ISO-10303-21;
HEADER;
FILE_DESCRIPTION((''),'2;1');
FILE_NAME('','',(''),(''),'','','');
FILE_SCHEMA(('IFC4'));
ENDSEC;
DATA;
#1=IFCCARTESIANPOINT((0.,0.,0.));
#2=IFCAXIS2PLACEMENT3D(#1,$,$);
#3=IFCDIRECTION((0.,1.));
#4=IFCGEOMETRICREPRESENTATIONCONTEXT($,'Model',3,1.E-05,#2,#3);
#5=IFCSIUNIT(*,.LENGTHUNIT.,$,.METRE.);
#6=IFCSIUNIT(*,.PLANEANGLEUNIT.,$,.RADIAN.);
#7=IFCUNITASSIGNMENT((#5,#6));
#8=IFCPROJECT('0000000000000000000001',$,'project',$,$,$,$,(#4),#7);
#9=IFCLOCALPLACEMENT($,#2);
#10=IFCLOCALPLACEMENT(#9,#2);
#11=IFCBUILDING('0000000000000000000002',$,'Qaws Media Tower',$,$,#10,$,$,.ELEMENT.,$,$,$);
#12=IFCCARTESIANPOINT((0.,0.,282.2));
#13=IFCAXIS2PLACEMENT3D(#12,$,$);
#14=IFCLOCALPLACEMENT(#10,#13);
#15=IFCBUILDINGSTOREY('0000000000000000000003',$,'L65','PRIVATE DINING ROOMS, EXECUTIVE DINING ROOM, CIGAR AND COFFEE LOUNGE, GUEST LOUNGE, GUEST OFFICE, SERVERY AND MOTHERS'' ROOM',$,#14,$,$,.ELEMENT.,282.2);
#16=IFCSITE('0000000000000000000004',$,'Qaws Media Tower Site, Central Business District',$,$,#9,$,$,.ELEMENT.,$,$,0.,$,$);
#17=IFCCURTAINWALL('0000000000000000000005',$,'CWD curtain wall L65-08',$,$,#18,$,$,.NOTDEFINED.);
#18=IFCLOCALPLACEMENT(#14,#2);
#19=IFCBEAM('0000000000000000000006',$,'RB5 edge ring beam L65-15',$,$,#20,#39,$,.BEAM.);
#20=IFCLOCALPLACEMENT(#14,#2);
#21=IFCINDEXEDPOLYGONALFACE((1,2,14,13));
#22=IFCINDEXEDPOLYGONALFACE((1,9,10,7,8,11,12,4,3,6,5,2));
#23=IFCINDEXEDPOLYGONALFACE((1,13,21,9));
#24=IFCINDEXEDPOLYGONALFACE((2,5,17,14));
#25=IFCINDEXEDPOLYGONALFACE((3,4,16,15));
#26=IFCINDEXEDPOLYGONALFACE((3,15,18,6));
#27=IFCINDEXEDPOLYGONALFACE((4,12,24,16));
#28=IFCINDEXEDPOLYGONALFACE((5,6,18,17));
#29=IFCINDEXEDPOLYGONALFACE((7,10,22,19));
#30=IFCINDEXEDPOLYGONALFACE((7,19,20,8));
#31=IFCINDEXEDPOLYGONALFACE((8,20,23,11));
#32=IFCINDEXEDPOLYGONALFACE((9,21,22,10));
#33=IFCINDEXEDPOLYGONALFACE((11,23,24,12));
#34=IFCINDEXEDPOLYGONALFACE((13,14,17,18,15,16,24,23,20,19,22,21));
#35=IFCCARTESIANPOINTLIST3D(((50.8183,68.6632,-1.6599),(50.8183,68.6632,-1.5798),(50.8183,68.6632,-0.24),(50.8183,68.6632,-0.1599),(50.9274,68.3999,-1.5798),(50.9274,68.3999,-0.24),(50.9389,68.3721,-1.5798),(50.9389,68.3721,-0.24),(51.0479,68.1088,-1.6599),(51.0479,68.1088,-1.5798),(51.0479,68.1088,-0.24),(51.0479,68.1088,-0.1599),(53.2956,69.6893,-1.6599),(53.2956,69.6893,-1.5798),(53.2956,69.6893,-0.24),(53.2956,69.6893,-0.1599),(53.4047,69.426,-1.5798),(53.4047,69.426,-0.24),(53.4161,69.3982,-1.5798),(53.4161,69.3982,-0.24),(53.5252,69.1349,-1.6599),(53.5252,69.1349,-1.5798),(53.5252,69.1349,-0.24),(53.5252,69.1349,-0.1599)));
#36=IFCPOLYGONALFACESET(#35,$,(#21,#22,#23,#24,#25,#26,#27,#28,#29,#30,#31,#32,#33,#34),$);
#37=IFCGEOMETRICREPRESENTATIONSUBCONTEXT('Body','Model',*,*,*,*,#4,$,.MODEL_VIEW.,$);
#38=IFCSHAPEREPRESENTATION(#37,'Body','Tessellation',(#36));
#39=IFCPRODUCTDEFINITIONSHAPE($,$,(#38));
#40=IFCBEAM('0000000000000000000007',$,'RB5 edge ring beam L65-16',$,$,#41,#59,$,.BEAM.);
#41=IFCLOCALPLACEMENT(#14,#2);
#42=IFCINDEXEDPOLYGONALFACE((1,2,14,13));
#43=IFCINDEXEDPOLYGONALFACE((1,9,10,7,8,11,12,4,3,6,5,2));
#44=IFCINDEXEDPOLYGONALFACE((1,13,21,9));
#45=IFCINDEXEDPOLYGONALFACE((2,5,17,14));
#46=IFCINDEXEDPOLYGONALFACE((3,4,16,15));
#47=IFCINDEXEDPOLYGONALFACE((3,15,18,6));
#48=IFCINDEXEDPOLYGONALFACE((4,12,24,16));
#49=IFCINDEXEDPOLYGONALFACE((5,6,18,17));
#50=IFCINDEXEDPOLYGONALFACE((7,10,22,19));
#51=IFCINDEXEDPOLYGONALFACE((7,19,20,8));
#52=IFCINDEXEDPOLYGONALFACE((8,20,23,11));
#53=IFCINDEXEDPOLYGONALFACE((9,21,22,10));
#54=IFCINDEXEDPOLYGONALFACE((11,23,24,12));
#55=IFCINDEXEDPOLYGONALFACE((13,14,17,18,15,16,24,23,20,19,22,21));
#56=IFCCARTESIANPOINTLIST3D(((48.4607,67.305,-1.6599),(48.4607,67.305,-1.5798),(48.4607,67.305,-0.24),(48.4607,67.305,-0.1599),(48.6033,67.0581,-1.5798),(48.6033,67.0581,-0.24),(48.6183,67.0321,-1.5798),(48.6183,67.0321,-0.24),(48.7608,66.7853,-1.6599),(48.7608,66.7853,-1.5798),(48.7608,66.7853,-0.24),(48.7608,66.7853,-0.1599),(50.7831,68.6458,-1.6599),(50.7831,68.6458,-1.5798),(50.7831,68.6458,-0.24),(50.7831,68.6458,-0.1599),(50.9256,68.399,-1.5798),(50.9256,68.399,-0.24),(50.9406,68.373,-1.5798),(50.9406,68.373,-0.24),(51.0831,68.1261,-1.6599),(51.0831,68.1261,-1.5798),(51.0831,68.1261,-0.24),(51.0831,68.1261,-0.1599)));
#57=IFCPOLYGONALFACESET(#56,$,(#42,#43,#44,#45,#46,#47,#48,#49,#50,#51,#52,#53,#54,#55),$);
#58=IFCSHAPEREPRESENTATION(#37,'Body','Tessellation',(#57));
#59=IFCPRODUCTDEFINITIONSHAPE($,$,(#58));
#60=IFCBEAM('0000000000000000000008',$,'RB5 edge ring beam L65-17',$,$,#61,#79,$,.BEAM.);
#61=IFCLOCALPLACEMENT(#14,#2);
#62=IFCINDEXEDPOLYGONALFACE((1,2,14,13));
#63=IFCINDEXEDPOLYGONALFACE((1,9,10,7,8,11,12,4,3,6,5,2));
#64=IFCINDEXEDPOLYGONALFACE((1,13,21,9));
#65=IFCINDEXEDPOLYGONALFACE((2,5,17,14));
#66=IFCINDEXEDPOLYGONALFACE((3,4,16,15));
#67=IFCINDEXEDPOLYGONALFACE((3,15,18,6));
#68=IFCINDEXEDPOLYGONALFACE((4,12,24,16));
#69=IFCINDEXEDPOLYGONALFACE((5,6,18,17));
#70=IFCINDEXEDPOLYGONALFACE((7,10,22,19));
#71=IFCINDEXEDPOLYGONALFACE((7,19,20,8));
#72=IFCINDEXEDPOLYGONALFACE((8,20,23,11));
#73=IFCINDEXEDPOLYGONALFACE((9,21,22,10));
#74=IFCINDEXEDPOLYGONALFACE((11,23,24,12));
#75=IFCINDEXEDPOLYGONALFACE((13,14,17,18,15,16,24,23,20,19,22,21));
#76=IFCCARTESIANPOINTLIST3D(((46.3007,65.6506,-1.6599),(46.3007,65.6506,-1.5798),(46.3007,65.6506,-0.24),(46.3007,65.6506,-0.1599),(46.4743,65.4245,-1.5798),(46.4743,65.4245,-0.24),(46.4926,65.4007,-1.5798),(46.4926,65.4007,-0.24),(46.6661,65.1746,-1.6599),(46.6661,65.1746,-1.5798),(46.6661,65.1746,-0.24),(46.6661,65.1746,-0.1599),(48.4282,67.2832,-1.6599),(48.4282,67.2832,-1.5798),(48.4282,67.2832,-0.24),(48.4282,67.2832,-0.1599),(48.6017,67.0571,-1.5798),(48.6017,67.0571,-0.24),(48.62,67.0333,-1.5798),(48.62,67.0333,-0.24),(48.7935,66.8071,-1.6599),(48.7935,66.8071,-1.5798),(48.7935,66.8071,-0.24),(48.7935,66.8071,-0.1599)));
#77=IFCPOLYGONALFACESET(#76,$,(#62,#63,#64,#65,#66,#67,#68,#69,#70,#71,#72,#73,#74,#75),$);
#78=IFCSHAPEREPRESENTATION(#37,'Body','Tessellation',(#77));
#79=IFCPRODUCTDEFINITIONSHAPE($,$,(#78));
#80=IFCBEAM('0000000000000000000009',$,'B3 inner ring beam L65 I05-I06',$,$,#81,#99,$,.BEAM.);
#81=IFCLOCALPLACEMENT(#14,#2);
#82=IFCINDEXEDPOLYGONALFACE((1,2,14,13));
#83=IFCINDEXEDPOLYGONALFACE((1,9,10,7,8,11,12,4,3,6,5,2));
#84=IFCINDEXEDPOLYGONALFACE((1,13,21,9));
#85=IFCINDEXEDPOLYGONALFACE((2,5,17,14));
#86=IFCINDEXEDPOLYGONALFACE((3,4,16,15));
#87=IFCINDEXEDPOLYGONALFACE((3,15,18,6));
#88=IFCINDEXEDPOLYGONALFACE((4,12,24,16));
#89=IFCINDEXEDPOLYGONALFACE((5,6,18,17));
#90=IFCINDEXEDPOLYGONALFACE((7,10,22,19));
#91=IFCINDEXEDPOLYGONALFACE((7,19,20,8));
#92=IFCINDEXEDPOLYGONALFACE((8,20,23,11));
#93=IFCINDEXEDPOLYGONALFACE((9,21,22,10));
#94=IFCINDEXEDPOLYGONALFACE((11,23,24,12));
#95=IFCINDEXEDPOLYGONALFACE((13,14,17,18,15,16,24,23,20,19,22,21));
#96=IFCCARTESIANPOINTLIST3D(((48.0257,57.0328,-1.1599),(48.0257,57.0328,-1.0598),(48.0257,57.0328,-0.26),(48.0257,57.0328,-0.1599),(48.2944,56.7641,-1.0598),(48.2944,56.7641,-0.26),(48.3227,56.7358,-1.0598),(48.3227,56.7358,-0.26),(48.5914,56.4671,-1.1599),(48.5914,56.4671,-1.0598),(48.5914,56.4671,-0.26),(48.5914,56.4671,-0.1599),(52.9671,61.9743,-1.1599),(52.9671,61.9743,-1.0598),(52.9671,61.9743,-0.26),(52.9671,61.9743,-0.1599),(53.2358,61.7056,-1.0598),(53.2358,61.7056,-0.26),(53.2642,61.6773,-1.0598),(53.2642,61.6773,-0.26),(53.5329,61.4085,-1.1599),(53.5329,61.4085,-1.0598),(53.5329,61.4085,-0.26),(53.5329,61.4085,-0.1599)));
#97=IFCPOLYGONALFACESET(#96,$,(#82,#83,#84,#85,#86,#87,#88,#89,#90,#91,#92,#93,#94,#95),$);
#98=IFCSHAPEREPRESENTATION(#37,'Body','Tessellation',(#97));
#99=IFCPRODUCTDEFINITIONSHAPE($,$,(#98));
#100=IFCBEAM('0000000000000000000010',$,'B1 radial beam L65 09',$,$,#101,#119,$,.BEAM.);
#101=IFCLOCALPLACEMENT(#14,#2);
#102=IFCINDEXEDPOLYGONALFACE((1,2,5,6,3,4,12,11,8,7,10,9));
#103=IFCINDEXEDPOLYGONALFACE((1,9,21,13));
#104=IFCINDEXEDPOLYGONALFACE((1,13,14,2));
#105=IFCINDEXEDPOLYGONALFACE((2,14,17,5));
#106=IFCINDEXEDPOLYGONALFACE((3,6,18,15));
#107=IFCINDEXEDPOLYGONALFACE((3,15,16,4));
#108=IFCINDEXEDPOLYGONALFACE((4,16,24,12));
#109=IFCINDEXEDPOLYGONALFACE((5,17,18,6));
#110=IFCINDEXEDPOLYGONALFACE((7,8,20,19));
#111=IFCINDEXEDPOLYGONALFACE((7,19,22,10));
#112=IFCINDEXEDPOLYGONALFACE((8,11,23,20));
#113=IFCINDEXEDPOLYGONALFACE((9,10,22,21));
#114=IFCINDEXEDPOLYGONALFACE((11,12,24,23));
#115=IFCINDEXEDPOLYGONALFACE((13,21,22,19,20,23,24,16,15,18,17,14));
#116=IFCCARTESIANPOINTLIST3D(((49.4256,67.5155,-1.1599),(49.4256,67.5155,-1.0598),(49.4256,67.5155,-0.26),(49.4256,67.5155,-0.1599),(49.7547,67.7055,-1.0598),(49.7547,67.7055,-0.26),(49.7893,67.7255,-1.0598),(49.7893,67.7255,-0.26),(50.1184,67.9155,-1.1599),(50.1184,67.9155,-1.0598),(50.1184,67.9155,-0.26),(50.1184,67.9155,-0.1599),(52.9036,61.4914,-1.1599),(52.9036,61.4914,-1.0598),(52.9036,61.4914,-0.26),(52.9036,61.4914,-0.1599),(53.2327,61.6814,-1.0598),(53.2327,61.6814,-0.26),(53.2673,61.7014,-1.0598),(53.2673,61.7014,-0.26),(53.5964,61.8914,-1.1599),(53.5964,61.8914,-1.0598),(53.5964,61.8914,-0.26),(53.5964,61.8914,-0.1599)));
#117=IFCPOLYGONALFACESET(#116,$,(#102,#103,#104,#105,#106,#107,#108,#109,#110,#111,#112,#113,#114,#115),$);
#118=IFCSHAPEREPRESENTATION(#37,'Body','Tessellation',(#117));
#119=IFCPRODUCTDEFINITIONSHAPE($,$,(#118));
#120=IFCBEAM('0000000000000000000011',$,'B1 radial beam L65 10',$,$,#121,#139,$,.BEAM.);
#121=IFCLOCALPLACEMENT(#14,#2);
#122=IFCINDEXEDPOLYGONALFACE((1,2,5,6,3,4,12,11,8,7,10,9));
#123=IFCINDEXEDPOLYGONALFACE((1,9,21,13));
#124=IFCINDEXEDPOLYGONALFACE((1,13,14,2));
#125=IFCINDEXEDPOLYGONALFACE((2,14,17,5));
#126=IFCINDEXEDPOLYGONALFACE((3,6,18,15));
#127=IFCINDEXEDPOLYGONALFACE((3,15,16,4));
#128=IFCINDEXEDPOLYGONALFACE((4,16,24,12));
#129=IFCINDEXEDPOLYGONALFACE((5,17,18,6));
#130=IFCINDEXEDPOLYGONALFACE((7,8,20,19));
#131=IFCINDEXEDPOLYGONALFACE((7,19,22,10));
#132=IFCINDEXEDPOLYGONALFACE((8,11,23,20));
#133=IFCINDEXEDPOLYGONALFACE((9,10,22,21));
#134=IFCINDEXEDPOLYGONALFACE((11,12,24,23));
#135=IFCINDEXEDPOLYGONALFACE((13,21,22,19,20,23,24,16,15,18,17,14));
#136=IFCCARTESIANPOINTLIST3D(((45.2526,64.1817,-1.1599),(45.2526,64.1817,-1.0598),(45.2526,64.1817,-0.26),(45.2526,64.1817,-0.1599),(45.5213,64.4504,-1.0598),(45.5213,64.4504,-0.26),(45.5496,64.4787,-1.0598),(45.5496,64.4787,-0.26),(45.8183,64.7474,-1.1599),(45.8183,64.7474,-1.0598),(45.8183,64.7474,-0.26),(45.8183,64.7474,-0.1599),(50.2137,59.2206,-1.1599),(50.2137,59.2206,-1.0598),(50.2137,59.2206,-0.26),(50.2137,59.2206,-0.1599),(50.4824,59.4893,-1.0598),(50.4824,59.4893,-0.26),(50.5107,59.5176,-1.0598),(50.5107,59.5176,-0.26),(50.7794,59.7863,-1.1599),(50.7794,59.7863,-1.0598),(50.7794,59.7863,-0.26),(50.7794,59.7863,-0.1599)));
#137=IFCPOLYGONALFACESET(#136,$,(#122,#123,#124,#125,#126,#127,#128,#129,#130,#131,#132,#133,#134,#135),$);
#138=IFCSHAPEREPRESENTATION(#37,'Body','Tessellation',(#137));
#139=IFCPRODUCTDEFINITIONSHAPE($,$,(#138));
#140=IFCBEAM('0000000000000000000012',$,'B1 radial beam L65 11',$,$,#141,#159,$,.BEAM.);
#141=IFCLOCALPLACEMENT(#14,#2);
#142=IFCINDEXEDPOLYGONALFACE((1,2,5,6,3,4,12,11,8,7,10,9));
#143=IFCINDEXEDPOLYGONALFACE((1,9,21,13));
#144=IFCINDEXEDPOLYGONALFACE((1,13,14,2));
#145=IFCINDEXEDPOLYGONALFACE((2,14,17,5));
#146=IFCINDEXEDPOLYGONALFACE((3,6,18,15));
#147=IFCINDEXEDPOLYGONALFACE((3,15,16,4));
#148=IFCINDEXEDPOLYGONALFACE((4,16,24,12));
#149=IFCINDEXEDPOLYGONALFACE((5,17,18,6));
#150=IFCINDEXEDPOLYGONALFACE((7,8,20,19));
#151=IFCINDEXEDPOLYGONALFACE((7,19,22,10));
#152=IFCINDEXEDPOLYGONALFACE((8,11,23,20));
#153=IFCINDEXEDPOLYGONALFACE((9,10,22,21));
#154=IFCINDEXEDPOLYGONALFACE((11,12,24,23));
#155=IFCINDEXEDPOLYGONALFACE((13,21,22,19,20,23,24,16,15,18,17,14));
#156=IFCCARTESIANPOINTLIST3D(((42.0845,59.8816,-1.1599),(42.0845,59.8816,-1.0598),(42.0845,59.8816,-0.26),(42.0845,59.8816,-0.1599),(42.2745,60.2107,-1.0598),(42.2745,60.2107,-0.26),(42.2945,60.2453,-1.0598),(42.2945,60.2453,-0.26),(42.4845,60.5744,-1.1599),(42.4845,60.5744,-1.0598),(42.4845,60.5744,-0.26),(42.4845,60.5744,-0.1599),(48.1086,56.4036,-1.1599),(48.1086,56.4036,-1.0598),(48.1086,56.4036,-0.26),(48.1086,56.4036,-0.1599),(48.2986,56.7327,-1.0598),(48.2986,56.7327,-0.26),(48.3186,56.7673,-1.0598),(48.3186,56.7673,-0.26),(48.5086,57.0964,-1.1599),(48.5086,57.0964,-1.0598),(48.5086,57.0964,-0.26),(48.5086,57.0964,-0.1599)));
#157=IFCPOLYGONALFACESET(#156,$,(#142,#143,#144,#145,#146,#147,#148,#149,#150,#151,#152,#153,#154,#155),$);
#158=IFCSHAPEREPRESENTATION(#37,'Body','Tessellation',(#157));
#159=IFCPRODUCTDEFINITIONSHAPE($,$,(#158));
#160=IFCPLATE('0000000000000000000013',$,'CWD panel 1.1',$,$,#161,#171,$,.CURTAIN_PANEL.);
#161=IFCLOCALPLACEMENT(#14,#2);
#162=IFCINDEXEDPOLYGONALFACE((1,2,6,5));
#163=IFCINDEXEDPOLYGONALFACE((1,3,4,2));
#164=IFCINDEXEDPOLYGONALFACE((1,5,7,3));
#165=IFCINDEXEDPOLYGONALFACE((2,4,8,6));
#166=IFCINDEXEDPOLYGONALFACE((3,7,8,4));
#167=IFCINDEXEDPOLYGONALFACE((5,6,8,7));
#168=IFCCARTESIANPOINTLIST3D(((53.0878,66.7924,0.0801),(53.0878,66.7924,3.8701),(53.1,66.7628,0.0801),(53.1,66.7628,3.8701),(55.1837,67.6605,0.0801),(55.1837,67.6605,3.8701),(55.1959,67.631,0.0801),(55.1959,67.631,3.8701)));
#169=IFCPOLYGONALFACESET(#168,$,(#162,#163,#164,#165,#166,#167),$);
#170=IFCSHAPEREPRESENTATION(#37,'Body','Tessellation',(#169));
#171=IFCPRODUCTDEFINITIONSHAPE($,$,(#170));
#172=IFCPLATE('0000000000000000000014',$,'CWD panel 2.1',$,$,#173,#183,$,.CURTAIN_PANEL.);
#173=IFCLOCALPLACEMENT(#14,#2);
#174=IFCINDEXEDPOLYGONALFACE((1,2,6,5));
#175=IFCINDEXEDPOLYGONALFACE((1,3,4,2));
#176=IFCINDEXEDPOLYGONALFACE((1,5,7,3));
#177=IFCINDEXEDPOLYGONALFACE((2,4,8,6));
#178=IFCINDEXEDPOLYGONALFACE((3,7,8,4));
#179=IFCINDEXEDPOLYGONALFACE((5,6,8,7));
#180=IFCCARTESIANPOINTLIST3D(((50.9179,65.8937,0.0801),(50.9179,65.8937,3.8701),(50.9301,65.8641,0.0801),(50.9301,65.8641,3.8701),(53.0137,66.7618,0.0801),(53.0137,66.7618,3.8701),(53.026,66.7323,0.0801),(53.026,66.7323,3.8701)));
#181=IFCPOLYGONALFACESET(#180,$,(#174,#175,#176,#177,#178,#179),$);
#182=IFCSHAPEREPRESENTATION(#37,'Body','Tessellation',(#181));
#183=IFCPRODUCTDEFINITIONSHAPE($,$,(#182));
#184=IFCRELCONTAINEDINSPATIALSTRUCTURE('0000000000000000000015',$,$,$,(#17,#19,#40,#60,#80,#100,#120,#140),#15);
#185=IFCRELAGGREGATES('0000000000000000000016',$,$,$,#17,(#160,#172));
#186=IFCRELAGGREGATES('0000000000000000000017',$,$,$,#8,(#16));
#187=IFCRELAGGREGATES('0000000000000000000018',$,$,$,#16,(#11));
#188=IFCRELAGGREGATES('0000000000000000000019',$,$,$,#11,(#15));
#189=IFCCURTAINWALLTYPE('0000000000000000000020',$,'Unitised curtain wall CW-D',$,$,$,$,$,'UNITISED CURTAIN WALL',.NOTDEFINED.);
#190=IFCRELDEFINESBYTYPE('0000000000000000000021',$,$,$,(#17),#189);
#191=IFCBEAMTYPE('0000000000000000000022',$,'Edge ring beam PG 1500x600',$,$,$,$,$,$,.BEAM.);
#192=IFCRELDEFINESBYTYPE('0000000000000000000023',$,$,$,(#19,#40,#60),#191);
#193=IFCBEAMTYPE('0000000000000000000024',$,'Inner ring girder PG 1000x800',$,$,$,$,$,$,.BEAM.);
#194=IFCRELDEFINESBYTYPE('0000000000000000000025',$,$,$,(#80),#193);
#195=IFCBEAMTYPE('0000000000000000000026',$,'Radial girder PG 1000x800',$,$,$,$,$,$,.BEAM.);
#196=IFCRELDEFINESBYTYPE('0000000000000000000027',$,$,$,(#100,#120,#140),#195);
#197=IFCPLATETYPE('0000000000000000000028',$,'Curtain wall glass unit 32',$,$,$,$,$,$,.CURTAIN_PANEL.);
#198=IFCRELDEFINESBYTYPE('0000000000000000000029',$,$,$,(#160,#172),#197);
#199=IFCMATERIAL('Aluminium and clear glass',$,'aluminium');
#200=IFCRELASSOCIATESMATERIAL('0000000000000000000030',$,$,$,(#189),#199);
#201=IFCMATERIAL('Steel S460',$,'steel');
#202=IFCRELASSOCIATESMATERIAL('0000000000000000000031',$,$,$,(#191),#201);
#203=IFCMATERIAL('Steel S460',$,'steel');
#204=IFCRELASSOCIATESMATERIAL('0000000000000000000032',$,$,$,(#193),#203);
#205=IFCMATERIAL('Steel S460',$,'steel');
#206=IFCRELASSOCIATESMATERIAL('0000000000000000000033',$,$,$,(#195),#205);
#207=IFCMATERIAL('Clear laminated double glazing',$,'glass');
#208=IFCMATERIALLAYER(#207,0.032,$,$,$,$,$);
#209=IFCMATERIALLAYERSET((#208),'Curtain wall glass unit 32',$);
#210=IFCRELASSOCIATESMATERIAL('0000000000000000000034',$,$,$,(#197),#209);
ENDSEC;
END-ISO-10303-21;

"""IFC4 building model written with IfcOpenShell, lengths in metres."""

from ifc_helpers import new_model, si_unit, direction, frame, origin, origin_2d, place, context, subcontext, project, spatial, rectangle, i_section, extrude, material, layer, layer_set, material_profile, profile_set, type_object, element, aggregate, save


model = new_model("IFC4")

# Units and contexts
model_context = context("Model", 3, precision=1e-05, world=origin(), true_north=direction((0.0, 1.0)))
body_context = subcontext(model_context, "Body", "Model", "MODEL_VIEW")
ifc_project = project(units=[si_unit("LENGTHUNIT", "METRE"), si_unit("PLANEANGLEUNIT", "RADIAN")], contexts=[model_context])

# Site, building, storey
site_placement = place(None, origin())
site = spatial("IfcSite", under=ifc_project, at=site_placement, Name="Qaws Media Tower Site, Central Business District", CompositionType="ELEMENT", RefElevation=0.0)
building_placement = place(site_placement, origin())
building = spatial("IfcBuilding", under=site, at=building_placement, Name="Qaws Media Tower", CompositionType="ELEMENT")
storey_placement = place(building_placement, frame((0.0, 0.0, 282.2)))
storey = spatial("IfcBuildingStorey", under=building, at=storey_placement, Name="L65", Description="PRIVATE DINING ROOMS, EXECUTIVE DINING ROOM, CIGAR AND COFFEE LOUNGE, GUEST LOUNGE, GUEST OFFICE, SERVERY AND MOTHERS' ROOM", CompositionType="ELEMENT", Elevation=282.2)

# Curtain wall
ifc_material_1 = material(Name="Aluminium and clear glass", Category="aluminium")
curtain_wall_type = type_object("IfcCurtainWallType", Name="Unitised curtain wall CW-D", ElementType="UNITISED CURTAIN WALL", PredefinedType="NOTDEFINED", material=ifc_material_1)
curtain_wall_1_placement = place(storey_placement, origin())
curtain_wall_1 = element("IfcCurtainWall", 1, at=curtain_wall_1_placement, inside=storey, type_object=curtain_wall_type, Name="CWD curtain wall L65-08", PredefinedType="NOTDEFINED")

# Beams
ifc_material_2 = material(Name="Steel S460", Category="steel")
ifc_material_profile_1 = material_profile(ifc_material_2, i_section(OverallWidth=0.6001, OverallDepth=1.5, WebThickness=0.03, FlangeThickness=0.0801, at=origin_2d()), Name="PG 1500x600")
ifc_profile_set_1 = profile_set([ifc_material_profile_1], Name="Steel S460")
beam_type_1 = type_object("IfcBeamType", Name="Edge ring beam PG 1500x600", PredefinedType="BEAM", material=ifc_profile_set_1)
beam_1_placement = place(storey_placement, frame((53.4104, 69.4121, -0.9099), z_axis=(-0.92388, -0.382681, 0.0), x_axis=(0.382681, -0.92388, 0.0)))
element("IfcBeam", 2, at=beam_1_placement, inside=storey, type_object=beam_type_1, Name="RB5 edge ring beam L65-15", PredefinedType="BEAM", context=body_context, shape_type="SweptSolid", body=[
    extrude(i_section(OverallWidth=0.6001, OverallDepth=1.5, WebThickness=0.03, FlangeThickness=0.0801, at=origin_2d()), origin(), (0.0, 0.0, 1.0), 2.6814),
])
for number, where, z_axis, x_axis, name in (
    (3, (50.9331, 68.386, -0.9099), (-0.866016, -0.500017, 0.0), (0.500017, -0.866016, 0.0), "RB5 edge ring beam L65-16"),
    (4, (48.6108, 67.0452, -0.9099), (-0.793331, -0.608791, 0.0), (0.608791, -0.793331, 0.0), "RB5 edge ring beam L65-17"),
):
    element("IfcBeam", number, at=place(storey_placement, frame(where, z_axis=z_axis, x_axis=x_axis)), inside=storey, type_object=beam_type_1, Name=name, PredefinedType="BEAM", context=body_context, shape_type="SweptSolid", body=[
        extrude(i_section(OverallWidth=0.6001, OverallDepth=1.5, WebThickness=0.03, FlangeThickness=0.0801, at=origin_2d()), origin(), (0.0, 0.0, 1.0), 2.6816),
    ])
ifc_material_3 = material(Name="Steel S460", Category="steel")
ifc_material_profile_2 = material_profile(ifc_material_3, i_section(OverallWidth=0.8, OverallDepth=1.0, WebThickness=0.04, FlangeThickness=0.1001, at=origin_2d()), Name="PG 1000x800")
ifc_profile_set_2 = profile_set([ifc_material_profile_2], Name="Steel S460")
beam_type_2 = type_object("IfcBeamType", Name="Inner ring girder PG 1000x800", PredefinedType="BEAM", material=ifc_profile_set_2)
beam_2_placement = place(storey_placement, frame((53.25, 61.6914, -0.6599), z_axis=(-0.707107, -0.707107, 0.0), x_axis=(0.707107, -0.707107, 0.0)))
element("IfcBeam", 5, at=beam_2_placement, inside=storey, type_object=beam_type_2, Name="B3 inner ring beam L65 I05-I06", PredefinedType="BEAM", context=body_context, shape_type="SweptSolid", body=[
    extrude(i_section(OverallWidth=0.8, OverallDepth=1.0, WebThickness=0.04, FlangeThickness=0.1001, at=origin_2d()), origin(), (0.0, 0.0, 1.0), 6.9883),
])
ifc_material_4 = material(Name="Steel S460", Category="steel")
ifc_material_profile_3 = material_profile(ifc_material_4, i_section(OverallWidth=0.8, OverallDepth=1.0, WebThickness=0.04, FlangeThickness=0.1001, at=origin_2d()), Name="PG 1000x800")
ifc_profile_set_3 = profile_set([ifc_material_profile_3], Name="Steel S460")
beam_type_3 = type_object("IfcBeamType", Name="Radial girder PG 1000x800", PredefinedType="BEAM", material=ifc_profile_set_3)
beam_3_placement = place(storey_placement, frame((53.25, 61.6914, -0.6599), z_axis=(-0.499997, 0.866027, 0.0), x_axis=(-0.866027, -0.499997, 0.0)))
element("IfcBeam", 6, at=beam_3_placement, inside=storey, type_object=beam_type_3, Name="B1 radial beam L65 09", PredefinedType="BEAM", context=body_context, shape_type="SweptSolid", body=[
    extrude(i_section(OverallWidth=0.8, OverallDepth=1.0, WebThickness=0.04, FlangeThickness=0.1001, at=origin_2d()), origin(), (0.0, 0.0, 1.0), 6.9561),
])
beam_4_placement = place(storey_placement, frame((50.4966, 59.5034, -0.6599), z_axis=(-0.707107, 0.707107, 0.0), x_axis=(-0.707107, -0.707107, 0.0)))
element("IfcBeam", 7, at=beam_4_placement, inside=storey, type_object=beam_type_3, Name="B1 radial beam L65 10", PredefinedType="BEAM", context=body_context, shape_type="SweptSolid", body=[
    extrude(i_section(OverallWidth=0.8, OverallDepth=1.0, WebThickness=0.04, FlangeThickness=0.1001, at=origin_2d()), origin(), (0.0, 0.0, 1.0), 7.0161),
])
beam_5_placement = place(storey_placement, frame((48.3086, 56.75, -0.6599), z_axis=(-0.866027, 0.499997, 0.0), x_axis=(-0.499997, -0.866027, 0.0)))
element("IfcBeam", 8, at=beam_5_placement, inside=storey, type_object=beam_type_3, Name="B1 radial beam L65 11", PredefinedType="BEAM", context=body_context, shape_type="SweptSolid", body=[
    extrude(i_section(OverallWidth=0.8, OverallDepth=1.0, WebThickness=0.04, FlangeThickness=0.1001, at=origin_2d()), origin(), (0.0, 0.0, 1.0), 6.9561),
])

# Plates
ifc_material_5 = material(Name="Clear laminated double glazing", Category="glass")
ifc_layer_1 = layer(ifc_material_5, 0.032)
ifc_layer_set_1 = layer_set([ifc_layer_1], Name="Curtain wall glass unit 32")
plate_type_1 = type_object("IfcPlateType", Name="Curtain wall glass unit 32", PredefinedType="CURTAIN_PANEL", material=ifc_layer_set_1)
plate_1_placement = place(storey_placement, frame((54.1418, 67.2117, 0.0801), z_axis=(0.0, 0.0, 1.0), x_axis=(-0.923879, -0.382684, 0.0)))
plate_1 = element("IfcPlate", 9, at=plate_1_placement, type_object=plate_type_1, Name="CWD panel 1.1", PredefinedType="CURTAIN_PANEL", context=body_context, shape_type="SweptSolid", body=[
    extrude(rectangle(XDim=2.2686, YDim=0.032, at=origin_2d()), origin(), (0.0, 0.0, 1.0), 3.79),
])
plate_2_placement = place(storey_placement, frame((51.9719, 66.313, 0.0801), z_axis=(0.0, 0.0, 1.0), x_axis=(-0.923879, -0.382684, 0.0)))
plate_2 = element("IfcPlate", 10, at=plate_2_placement, type_object=plate_type_1, Name="CWD panel 2.1", PredefinedType="CURTAIN_PANEL", context=body_context, shape_type="SweptSolid", body=[
    extrude(rectangle(XDim=2.2686, YDim=0.032, at=origin_2d()), origin(), (0.0, 0.0, 1.0), 3.79),
])
aggregate(curtain_wall_1, [plate_1, plate_2])

save(model, "model.ifc")
